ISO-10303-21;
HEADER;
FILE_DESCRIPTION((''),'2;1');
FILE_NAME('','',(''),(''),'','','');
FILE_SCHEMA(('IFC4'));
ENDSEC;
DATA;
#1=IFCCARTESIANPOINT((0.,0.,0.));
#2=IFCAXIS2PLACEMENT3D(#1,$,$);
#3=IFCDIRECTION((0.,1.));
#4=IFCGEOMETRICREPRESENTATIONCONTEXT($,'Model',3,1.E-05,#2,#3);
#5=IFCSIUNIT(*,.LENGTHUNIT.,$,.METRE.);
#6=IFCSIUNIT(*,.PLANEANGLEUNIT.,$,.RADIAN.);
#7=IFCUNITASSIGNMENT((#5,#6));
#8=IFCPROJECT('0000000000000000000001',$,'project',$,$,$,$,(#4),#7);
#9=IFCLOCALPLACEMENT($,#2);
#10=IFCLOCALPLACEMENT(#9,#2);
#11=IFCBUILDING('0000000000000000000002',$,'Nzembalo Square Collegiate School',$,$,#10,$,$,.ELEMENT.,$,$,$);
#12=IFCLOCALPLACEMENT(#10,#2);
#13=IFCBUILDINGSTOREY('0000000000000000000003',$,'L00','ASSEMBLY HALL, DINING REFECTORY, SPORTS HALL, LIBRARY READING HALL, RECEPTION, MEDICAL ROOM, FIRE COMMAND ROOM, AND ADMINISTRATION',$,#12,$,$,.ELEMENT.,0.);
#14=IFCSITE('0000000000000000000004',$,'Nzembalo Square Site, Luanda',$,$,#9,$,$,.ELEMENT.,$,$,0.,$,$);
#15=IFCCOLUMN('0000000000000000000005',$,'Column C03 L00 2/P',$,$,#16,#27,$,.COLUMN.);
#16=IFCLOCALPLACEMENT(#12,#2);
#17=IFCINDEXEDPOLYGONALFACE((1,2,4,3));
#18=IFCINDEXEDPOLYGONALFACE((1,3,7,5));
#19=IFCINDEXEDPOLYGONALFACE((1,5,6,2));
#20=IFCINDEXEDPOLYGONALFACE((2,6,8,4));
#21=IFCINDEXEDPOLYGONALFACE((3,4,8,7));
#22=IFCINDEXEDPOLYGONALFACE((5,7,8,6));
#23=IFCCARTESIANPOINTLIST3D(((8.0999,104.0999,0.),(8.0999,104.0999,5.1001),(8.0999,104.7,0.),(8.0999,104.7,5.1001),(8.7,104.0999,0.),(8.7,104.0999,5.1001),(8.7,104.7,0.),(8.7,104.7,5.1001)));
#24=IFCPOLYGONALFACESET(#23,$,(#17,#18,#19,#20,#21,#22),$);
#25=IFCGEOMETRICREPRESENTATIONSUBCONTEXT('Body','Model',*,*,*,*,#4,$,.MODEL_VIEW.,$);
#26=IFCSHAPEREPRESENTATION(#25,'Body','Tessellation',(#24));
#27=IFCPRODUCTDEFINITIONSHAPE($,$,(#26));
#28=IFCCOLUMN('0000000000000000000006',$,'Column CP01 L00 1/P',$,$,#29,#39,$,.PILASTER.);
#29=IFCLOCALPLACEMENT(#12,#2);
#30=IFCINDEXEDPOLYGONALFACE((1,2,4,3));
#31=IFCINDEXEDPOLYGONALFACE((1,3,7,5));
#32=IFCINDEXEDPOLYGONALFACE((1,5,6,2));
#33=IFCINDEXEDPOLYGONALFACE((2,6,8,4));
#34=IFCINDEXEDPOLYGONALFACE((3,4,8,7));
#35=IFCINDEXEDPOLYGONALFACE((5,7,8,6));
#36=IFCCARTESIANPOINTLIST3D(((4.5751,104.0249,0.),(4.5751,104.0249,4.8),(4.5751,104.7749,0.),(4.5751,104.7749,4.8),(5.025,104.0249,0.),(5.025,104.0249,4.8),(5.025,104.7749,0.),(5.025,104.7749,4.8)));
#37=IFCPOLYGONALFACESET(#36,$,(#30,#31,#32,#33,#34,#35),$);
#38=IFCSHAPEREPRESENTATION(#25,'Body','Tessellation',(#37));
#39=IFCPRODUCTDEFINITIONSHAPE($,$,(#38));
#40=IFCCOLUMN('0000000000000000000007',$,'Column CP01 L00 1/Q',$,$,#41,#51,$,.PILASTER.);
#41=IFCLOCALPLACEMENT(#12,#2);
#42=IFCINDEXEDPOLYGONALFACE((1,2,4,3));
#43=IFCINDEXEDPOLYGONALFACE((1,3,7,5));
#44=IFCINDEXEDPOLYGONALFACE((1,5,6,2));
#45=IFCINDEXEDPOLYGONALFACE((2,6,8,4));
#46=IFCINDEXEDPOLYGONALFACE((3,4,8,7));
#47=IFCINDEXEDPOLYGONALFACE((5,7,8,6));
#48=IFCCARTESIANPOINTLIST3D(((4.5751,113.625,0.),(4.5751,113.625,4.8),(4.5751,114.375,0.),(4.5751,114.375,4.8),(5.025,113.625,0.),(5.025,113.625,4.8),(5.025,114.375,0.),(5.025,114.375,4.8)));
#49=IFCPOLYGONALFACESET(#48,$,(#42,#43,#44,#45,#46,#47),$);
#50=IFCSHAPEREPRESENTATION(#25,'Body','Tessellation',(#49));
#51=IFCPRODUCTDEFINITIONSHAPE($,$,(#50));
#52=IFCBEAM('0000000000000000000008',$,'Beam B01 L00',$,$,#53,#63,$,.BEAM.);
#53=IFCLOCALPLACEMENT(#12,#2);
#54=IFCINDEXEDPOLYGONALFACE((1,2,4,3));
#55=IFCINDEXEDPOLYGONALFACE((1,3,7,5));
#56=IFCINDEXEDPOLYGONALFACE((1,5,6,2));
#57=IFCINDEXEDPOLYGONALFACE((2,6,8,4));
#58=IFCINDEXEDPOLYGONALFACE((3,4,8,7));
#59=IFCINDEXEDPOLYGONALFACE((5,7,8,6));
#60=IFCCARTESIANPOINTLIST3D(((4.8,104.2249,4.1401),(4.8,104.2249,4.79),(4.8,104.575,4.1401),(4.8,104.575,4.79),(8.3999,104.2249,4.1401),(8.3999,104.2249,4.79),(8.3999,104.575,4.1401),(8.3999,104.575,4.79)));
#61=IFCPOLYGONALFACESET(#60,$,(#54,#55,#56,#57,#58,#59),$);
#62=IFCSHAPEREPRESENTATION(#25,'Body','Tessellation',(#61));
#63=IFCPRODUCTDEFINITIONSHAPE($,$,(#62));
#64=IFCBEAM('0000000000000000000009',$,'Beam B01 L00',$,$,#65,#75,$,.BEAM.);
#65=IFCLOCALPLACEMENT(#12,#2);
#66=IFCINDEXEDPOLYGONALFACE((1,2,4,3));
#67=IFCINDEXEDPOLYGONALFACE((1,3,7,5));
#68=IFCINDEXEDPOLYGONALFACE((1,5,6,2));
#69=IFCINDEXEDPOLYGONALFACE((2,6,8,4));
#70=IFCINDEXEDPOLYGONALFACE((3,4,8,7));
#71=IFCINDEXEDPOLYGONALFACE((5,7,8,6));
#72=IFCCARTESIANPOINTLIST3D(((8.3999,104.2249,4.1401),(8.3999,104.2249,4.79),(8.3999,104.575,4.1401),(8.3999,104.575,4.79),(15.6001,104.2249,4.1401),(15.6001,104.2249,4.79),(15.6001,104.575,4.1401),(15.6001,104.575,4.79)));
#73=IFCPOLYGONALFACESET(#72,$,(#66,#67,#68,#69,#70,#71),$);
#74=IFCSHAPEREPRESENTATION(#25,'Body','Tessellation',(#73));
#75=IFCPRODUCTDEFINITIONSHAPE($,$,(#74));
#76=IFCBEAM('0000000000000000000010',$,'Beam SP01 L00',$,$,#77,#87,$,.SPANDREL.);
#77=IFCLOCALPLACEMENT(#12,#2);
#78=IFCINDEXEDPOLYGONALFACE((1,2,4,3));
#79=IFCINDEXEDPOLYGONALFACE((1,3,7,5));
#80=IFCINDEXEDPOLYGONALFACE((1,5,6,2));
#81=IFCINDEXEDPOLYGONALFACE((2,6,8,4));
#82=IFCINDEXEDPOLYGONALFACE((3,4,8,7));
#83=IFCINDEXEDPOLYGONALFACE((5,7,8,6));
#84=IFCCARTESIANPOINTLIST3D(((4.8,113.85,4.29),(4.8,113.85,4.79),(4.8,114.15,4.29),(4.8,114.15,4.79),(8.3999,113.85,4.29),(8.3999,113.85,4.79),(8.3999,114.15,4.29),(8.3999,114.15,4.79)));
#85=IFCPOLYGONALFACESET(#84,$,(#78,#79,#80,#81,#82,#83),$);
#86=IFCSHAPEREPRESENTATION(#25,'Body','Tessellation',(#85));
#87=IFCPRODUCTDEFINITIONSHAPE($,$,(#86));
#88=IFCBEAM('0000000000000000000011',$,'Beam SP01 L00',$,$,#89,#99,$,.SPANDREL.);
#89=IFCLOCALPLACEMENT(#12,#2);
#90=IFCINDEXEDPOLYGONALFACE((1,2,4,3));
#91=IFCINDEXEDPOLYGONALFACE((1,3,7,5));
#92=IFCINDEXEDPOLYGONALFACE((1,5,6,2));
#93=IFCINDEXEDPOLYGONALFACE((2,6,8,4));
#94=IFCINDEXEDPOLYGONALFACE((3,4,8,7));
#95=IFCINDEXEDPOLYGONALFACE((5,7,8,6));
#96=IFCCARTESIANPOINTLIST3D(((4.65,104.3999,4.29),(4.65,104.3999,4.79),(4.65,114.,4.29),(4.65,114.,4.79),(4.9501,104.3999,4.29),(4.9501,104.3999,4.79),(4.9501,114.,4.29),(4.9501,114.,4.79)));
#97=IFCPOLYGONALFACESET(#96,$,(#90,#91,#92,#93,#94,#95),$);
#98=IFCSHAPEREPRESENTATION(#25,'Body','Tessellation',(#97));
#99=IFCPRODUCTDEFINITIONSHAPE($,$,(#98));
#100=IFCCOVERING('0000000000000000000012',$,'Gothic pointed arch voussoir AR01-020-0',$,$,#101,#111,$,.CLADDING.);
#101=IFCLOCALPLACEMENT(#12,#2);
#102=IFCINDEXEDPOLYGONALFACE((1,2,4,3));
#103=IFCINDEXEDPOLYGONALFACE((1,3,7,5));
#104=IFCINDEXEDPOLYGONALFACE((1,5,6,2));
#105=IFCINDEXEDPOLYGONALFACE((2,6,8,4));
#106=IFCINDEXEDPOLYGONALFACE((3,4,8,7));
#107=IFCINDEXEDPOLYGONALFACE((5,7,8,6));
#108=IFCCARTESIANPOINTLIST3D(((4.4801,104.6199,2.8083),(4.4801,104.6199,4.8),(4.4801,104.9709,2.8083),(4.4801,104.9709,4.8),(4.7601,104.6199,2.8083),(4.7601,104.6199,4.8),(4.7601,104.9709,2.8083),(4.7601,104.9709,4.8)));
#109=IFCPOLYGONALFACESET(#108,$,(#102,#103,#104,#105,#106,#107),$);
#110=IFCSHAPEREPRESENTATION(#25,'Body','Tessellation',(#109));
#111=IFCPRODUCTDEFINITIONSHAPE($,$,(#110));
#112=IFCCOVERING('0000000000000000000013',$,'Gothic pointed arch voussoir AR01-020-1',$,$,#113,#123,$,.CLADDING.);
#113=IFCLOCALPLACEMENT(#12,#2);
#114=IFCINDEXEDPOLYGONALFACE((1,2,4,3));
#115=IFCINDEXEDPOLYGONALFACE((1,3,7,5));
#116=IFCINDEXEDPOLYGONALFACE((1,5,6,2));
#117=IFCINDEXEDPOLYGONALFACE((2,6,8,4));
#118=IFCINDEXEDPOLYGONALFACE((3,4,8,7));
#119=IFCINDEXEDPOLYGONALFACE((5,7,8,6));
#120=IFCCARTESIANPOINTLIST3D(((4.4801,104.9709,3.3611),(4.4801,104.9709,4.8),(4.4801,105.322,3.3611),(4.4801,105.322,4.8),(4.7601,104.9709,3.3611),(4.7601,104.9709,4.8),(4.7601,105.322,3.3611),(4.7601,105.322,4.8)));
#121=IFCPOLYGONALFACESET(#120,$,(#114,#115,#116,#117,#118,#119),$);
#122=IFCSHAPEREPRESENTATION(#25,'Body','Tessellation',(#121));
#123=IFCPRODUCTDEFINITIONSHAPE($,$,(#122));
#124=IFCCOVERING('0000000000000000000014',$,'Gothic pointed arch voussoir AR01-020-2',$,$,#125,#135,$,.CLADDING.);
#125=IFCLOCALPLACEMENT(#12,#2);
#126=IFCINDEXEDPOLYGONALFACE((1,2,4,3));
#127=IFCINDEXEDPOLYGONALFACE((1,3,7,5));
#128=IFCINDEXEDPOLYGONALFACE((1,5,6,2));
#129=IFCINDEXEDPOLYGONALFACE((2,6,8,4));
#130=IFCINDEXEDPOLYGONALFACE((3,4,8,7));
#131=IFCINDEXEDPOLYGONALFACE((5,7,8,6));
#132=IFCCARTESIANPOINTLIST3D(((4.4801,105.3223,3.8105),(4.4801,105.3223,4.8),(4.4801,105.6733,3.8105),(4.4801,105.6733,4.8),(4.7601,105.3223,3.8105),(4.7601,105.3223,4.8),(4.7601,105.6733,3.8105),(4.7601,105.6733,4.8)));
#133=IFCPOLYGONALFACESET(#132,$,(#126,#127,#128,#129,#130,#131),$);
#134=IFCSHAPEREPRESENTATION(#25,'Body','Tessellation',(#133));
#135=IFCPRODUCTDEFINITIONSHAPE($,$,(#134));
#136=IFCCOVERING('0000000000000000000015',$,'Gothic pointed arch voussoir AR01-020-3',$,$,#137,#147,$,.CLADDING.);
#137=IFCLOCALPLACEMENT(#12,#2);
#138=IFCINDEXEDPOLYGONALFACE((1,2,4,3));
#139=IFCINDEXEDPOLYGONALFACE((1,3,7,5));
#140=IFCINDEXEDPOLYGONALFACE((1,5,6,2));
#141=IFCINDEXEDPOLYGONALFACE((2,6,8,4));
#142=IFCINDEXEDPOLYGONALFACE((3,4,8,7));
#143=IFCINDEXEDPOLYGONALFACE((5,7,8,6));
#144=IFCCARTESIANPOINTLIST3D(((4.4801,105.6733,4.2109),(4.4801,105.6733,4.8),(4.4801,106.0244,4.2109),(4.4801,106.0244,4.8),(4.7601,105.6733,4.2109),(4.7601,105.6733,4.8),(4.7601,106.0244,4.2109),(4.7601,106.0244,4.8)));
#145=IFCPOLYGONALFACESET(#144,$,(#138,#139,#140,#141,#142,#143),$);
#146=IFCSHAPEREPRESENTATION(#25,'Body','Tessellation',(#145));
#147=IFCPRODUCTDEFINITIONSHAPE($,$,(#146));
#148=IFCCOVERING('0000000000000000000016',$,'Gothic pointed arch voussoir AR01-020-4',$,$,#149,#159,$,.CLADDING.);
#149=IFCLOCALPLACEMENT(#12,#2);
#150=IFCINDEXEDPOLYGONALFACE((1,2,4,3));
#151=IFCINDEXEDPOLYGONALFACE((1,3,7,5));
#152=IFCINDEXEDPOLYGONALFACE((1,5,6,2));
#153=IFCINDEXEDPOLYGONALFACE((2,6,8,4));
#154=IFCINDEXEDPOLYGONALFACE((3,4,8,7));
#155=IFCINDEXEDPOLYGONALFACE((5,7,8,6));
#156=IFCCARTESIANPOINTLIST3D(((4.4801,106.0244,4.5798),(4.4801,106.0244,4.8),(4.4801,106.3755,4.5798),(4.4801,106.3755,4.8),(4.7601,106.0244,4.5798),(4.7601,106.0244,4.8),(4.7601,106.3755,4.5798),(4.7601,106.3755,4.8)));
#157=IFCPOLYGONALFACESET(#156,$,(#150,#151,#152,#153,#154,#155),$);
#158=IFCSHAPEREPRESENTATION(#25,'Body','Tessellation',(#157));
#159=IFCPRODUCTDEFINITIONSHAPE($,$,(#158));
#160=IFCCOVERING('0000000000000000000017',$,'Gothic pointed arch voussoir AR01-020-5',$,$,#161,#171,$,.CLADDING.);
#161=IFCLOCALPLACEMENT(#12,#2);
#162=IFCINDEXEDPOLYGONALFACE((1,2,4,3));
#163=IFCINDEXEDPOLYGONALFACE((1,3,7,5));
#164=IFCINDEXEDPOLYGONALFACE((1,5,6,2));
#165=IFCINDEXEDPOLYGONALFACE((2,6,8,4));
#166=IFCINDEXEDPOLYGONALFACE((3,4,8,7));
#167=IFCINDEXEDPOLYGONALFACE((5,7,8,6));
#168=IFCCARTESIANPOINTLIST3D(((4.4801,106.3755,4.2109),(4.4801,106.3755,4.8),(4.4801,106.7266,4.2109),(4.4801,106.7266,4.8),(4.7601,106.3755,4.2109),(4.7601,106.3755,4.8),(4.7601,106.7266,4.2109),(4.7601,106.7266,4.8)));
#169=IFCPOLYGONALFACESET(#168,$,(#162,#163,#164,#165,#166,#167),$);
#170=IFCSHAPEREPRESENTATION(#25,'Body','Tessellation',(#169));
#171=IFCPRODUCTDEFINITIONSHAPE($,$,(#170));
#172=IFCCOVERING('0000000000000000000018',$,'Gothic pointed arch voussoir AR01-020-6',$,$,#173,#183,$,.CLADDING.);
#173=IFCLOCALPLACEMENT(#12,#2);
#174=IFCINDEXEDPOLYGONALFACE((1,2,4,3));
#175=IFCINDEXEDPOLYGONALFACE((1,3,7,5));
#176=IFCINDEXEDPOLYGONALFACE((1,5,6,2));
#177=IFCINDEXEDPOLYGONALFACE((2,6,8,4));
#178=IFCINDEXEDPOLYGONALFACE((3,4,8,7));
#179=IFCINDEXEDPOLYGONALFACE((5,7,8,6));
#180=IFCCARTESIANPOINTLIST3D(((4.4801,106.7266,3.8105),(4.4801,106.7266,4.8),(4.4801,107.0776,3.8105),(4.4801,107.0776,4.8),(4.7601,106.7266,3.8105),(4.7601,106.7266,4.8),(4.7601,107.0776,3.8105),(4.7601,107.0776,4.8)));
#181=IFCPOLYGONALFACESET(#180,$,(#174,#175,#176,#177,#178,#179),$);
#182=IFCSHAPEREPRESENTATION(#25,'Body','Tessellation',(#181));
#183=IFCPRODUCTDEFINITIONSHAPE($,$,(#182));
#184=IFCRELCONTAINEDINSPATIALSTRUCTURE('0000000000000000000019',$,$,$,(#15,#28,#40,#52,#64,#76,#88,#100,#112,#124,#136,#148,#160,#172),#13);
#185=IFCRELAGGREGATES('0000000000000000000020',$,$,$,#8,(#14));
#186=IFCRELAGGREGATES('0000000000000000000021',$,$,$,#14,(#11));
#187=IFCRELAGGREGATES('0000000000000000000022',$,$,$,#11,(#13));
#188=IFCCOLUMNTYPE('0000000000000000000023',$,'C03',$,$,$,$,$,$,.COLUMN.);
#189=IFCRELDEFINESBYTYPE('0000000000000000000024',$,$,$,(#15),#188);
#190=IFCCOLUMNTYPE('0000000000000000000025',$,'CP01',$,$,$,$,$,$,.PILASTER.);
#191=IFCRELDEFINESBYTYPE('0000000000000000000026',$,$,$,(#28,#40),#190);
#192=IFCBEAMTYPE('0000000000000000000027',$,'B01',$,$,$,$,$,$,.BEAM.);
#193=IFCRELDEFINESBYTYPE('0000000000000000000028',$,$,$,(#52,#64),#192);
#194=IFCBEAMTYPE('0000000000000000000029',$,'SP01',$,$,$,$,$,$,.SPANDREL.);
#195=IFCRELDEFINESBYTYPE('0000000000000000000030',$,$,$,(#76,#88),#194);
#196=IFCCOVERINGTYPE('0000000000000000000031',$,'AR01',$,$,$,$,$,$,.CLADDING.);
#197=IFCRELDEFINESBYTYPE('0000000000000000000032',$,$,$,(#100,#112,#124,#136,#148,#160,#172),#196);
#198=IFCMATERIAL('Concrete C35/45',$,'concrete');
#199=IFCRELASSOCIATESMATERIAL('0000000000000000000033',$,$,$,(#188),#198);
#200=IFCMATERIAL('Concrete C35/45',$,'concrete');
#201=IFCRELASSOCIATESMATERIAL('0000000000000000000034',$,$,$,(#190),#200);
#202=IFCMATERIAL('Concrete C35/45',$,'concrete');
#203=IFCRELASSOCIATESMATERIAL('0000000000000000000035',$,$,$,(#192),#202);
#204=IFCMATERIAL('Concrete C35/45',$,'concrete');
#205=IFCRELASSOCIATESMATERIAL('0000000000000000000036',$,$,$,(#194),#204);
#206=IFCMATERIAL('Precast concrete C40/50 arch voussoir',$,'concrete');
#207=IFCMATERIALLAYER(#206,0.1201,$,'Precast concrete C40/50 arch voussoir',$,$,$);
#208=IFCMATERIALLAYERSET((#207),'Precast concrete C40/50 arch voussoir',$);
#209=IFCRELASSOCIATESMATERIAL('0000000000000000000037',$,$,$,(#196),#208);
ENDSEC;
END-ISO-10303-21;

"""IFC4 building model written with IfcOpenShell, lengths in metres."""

from ifc_helpers import new_model, si_unit, direction, frame, origin, origin_2d, place, context, subcontext, project, spatial, rectangle, extrude, material, layer, layer_set, material_profile, profile_set, type_object, element, save


model = new_model("IFC4")

# Units and contexts
model_context = context("Model", 3, precision=1e-05, world=origin(), true_north=direction((0.0, 1.0)))
body_context = subcontext(model_context, "Body", "Model", "MODEL_VIEW")
ifc_project = project(units=[si_unit("LENGTHUNIT", "METRE"), si_unit("PLANEANGLEUNIT", "RADIAN")], contexts=[model_context])

# Site, building, storey
site_placement = place(None, origin())
site = spatial("IfcSite", under=ifc_project, at=site_placement, Name="Nzembalo Square Site, Luanda", CompositionType="ELEMENT", RefElevation=0.0)
building_placement = place(site_placement, origin())
building = spatial("IfcBuilding", under=site, at=building_placement, Name="Nzembalo Square Collegiate School", CompositionType="ELEMENT")
storey_placement = place(building_placement, origin())
storey = spatial("IfcBuildingStorey", under=building, at=storey_placement, Name="L00", Description="ASSEMBLY HALL, DINING REFECTORY, SPORTS HALL, LIBRARY READING HALL, RECEPTION, MEDICAL ROOM, FIRE COMMAND ROOM, AND ADMINISTRATION", CompositionType="ELEMENT", Elevation=0.0)

# Columns
ifc_material_1 = material(Name="Concrete C35/45", Category="concrete")
ifc_material_profile_1 = material_profile(ifc_material_1, rectangle(XDim=0.6001, YDim=0.6001, at=origin_2d()), Name="RC 600x600")
ifc_profile_set_1 = profile_set([ifc_material_profile_1], Name="Concrete C35/45")
column_type_1 = type_object("IfcColumnType", Name="C03", PredefinedType="COLUMN", material=ifc_profile_set_1)
column_placement = place(storey_placement, frame((8.3999, 104.3999, 0.0), z_axis=(0.0, 0.0, 1.0), x_axis=(1.0, 0.0, 0.0)))
element("IfcColumn", 1, at=column_placement, inside=storey, type_object=column_type_1, Name="Column C03 L00 2/P", PredefinedType="COLUMN", context=body_context, shape_type="SweptSolid", body=[
    extrude(rectangle(XDim=0.6001, YDim=0.6001, at=origin_2d()), origin(), (0.0, 0.0, 1.0), 5.1001),
])
ifc_material_2 = material(Name="Concrete C35/45", Category="concrete")
ifc_material_profile_2 = material_profile(ifc_material_2, rectangle(XDim=0.45, YDim=0.75, at=origin_2d()), Name="RC 450x750")
ifc_profile_set_2 = profile_set([ifc_material_profile_2], Name="Concrete C35/45")
column_type_2 = type_object("IfcColumnType", Name="CP01", PredefinedType="PILASTER", material=ifc_profile_set_2)
for number, where, z_axis, x_axis, name in (
    (2, (4.8, 104.3999, 0.0), (0.0, 0.0, 1.0), (1.0, 0.0, 0.0), "Column CP01 L00 1/P"),
    (3, (4.8, 114.0, 0.0), (0.0, 0.0, 1.0), (1.0, 0.0, 0.0), "Column CP01 L00 1/Q"),
):
    element("IfcColumn", number, at=place(storey_placement, frame(where, z_axis=z_axis, x_axis=x_axis)), inside=storey, type_object=column_type_2, Name=name, PredefinedType="PILASTER", context=body_context, shape_type="SweptSolid", body=[
        extrude(rectangle(XDim=0.45, YDim=0.75, at=origin_2d()), origin(), (0.0, 0.0, 1.0), 4.8),
    ])

# Beams
ifc_material_3 = material(Name="Concrete C35/45", Category="concrete")
ifc_material_profile_3 = material_profile(ifc_material_3, rectangle(XDim=0.3501, YDim=0.6499, at=origin_2d()), Name="RC 350x650")
ifc_profile_set_3 = profile_set([ifc_material_profile_3], Name="Concrete C35/45")
beam_type_1 = type_object("IfcBeamType", Name="B01", PredefinedType="BEAM", material=ifc_profile_set_3)
beam_1_placement = place(storey_placement, frame((4.8, 104.3999, 4.4651), z_axis=(1.0, 0.0, 0.0), x_axis=(0.0, 1.0, 0.0)))
element("IfcBeam", 4, at=beam_1_placement, inside=storey, type_object=beam_type_1, Name="Beam B01 L00", PredefinedType="BEAM", context=body_context, shape_type="SweptSolid", body=[
    extrude(rectangle(XDim=0.3501, YDim=0.6499, at=origin_2d()), origin(), (0.0, 0.0, 1.0), 3.5999),
])
beam_2_placement = place(storey_placement, frame((8.3999, 104.3999, 4.4651), z_axis=(1.0, 0.0, 0.0), x_axis=(0.0, 1.0, 0.0)))
element("IfcBeam", 5, at=beam_2_placement, inside=storey, type_object=beam_type_1, Name="Beam B01 L00", PredefinedType="BEAM", context=body_context, shape_type="SweptSolid", body=[
    extrude(rectangle(XDim=0.3501, YDim=0.6499, at=origin_2d()), origin(), (0.0, 0.0, 1.0), 7.2002),
])
ifc_material_4 = material(Name="Concrete C35/45", Category="concrete")
ifc_material_profile_4 = material_profile(ifc_material_4, rectangle(XDim=0.3, YDim=0.5, at=origin_2d()), Name="RC 300x500")
ifc_profile_set_4 = profile_set([ifc_material_profile_4], Name="Concrete C35/45")
beam_type_2 = type_object("IfcBeamType", Name="SP01", PredefinedType="SPANDREL", material=ifc_profile_set_4)
beam_3_placement = place(storey_placement, frame((4.8, 114.0, 4.54), z_axis=(1.0, 0.0, 0.0), x_axis=(0.0, 1.0, 0.0)))
element("IfcBeam", 6, at=beam_3_placement, inside=storey, type_object=beam_type_2, Name="Beam SP01 L00", PredefinedType="SPANDREL", context=body_context, shape_type="SweptSolid", body=[
    extrude(rectangle(XDim=0.3, YDim=0.5, at=origin_2d()), origin(), (0.0, 0.0, 1.0), 3.5999),
])
beam_4_placement = place(storey_placement, frame((4.8, 104.3999, 4.54), z_axis=(0.0, 1.0, 0.0), x_axis=(-1.0, 0.0, 0.0)))
element("IfcBeam", 7, at=beam_4_placement, inside=storey, type_object=beam_type_2, Name="Beam SP01 L00", PredefinedType="SPANDREL", context=body_context, shape_type="SweptSolid", body=[
    extrude(rectangle(XDim=0.3, YDim=0.5, at=origin_2d()), origin(), (0.0, 0.0, 1.0), 9.6001),
])

# Coverings
ifc_material_5 = material(Name="Precast concrete C40/50 arch voussoir", Category="concrete")
ifc_layer = layer(ifc_material_5, 0.1201, Name="Precast concrete C40/50 arch voussoir")
ifc_layer_set = layer_set([ifc_layer], Name="Precast concrete C40/50 arch voussoir")
covering_type = type_object("IfcCoveringType", Name="AR01", PredefinedType="CLADDING", material=ifc_layer_set)
covering_1_placement = place(storey_placement, frame((4.6201, 104.7954, 2.8083), z_axis=(0.0, 0.0, 1.0), x_axis=(1.0, 0.0, 0.0)))
element("IfcCovering", 8, at=covering_1_placement, inside=storey, type_object=covering_type, Name="Gothic pointed arch voussoir AR01-020-0", PredefinedType="CLADDING", context=body_context, shape_type="SweptSolid", body=[
    extrude(rectangle(XDim=0.28, YDim=0.3511, at=origin_2d()), origin(), (0.0, 0.0, 1.0), 1.9917),
])
covering_2_placement = place(storey_placement, frame((4.6201, 105.1465, 3.3611), z_axis=(0.0, 0.0, 1.0), x_axis=(1.0, 0.0, 0.0)))
element("IfcCovering", 9, at=covering_2_placement, inside=storey, type_object=covering_type, Name="Gothic pointed arch voussoir AR01-020-1", PredefinedType="CLADDING", context=body_context, shape_type="SweptSolid", body=[
    extrude(rectangle(XDim=0.28, YDim=0.3511, at=origin_2d()), origin(), (0.0, 0.0, 1.0), 1.439),
])
covering_3_placement = place(storey_placement, frame((4.6201, 105.4978, 3.8105), z_axis=(0.0, 0.0, 1.0), x_axis=(1.0, 0.0, 0.0)))
element("IfcCovering", 10, at=covering_3_placement, inside=storey, type_object=covering_type, Name="Gothic pointed arch voussoir AR01-020-2", PredefinedType="CLADDING", context=body_context, shape_type="SweptSolid", body=[
    extrude(rectangle(XDim=0.28, YDim=0.3511, at=origin_2d()), origin(), (0.0, 0.0, 1.0), 0.9895),
])
covering_4_placement = place(storey_placement, frame((4.6201, 105.8489, 4.2109), z_axis=(0.0, 0.0, 1.0), x_axis=(1.0, 0.0, 0.0)))
element("IfcCovering", 11, at=covering_4_placement, inside=storey, type_object=covering_type, Name="Gothic pointed arch voussoir AR01-020-3", PredefinedType="CLADDING", context=body_context, shape_type="SweptSolid", body=[
    extrude(rectangle(XDim=0.28, YDim=0.3511, at=origin_2d()), origin(), (0.0, 0.0, 1.0), 0.5891),
])
covering_5_placement = place(storey_placement, frame((4.6201, 106.2, 4.5798), z_axis=(0.0, 0.0, 1.0), x_axis=(1.0, 0.0, 0.0)))
element("IfcCovering", 12, at=covering_5_placement, inside=storey, type_object=covering_type, Name="Gothic pointed arch voussoir AR01-020-4", PredefinedType="CLADDING", context=body_context, shape_type="SweptSolid", body=[
    extrude(rectangle(XDim=0.28, YDim=0.3511, at=origin_2d()), origin(), (0.0, 0.0, 1.0), 0.2202),
])
covering_6_placement = place(storey_placement, frame((4.6201, 106.551, 4.2109), z_axis=(0.0, 0.0, 1.0), x_axis=(1.0, 0.0, 0.0)))
element("IfcCovering", 13, at=covering_6_placement, inside=storey, type_object=covering_type, Name="Gothic pointed arch voussoir AR01-020-5", PredefinedType="CLADDING", context=body_context, shape_type="SweptSolid", body=[
    extrude(rectangle(XDim=0.28, YDim=0.3511, at=origin_2d()), origin(), (0.0, 0.0, 1.0), 0.5891),
])
covering_7_placement = place(storey_placement, frame((4.6201, 106.9021, 3.8105), z_axis=(0.0, 0.0, 1.0), x_axis=(1.0, 0.0, 0.0)))
element("IfcCovering", 14, at=covering_7_placement, inside=storey, type_object=covering_type, Name="Gothic pointed arch voussoir AR01-020-6", PredefinedType="CLADDING", context=body_context, shape_type="SweptSolid", body=[
    extrude(rectangle(XDim=0.28, YDim=0.3511, at=origin_2d()), origin(), (0.0, 0.0, 1.0), 0.9895),
])

save(model, "model.ifc")
